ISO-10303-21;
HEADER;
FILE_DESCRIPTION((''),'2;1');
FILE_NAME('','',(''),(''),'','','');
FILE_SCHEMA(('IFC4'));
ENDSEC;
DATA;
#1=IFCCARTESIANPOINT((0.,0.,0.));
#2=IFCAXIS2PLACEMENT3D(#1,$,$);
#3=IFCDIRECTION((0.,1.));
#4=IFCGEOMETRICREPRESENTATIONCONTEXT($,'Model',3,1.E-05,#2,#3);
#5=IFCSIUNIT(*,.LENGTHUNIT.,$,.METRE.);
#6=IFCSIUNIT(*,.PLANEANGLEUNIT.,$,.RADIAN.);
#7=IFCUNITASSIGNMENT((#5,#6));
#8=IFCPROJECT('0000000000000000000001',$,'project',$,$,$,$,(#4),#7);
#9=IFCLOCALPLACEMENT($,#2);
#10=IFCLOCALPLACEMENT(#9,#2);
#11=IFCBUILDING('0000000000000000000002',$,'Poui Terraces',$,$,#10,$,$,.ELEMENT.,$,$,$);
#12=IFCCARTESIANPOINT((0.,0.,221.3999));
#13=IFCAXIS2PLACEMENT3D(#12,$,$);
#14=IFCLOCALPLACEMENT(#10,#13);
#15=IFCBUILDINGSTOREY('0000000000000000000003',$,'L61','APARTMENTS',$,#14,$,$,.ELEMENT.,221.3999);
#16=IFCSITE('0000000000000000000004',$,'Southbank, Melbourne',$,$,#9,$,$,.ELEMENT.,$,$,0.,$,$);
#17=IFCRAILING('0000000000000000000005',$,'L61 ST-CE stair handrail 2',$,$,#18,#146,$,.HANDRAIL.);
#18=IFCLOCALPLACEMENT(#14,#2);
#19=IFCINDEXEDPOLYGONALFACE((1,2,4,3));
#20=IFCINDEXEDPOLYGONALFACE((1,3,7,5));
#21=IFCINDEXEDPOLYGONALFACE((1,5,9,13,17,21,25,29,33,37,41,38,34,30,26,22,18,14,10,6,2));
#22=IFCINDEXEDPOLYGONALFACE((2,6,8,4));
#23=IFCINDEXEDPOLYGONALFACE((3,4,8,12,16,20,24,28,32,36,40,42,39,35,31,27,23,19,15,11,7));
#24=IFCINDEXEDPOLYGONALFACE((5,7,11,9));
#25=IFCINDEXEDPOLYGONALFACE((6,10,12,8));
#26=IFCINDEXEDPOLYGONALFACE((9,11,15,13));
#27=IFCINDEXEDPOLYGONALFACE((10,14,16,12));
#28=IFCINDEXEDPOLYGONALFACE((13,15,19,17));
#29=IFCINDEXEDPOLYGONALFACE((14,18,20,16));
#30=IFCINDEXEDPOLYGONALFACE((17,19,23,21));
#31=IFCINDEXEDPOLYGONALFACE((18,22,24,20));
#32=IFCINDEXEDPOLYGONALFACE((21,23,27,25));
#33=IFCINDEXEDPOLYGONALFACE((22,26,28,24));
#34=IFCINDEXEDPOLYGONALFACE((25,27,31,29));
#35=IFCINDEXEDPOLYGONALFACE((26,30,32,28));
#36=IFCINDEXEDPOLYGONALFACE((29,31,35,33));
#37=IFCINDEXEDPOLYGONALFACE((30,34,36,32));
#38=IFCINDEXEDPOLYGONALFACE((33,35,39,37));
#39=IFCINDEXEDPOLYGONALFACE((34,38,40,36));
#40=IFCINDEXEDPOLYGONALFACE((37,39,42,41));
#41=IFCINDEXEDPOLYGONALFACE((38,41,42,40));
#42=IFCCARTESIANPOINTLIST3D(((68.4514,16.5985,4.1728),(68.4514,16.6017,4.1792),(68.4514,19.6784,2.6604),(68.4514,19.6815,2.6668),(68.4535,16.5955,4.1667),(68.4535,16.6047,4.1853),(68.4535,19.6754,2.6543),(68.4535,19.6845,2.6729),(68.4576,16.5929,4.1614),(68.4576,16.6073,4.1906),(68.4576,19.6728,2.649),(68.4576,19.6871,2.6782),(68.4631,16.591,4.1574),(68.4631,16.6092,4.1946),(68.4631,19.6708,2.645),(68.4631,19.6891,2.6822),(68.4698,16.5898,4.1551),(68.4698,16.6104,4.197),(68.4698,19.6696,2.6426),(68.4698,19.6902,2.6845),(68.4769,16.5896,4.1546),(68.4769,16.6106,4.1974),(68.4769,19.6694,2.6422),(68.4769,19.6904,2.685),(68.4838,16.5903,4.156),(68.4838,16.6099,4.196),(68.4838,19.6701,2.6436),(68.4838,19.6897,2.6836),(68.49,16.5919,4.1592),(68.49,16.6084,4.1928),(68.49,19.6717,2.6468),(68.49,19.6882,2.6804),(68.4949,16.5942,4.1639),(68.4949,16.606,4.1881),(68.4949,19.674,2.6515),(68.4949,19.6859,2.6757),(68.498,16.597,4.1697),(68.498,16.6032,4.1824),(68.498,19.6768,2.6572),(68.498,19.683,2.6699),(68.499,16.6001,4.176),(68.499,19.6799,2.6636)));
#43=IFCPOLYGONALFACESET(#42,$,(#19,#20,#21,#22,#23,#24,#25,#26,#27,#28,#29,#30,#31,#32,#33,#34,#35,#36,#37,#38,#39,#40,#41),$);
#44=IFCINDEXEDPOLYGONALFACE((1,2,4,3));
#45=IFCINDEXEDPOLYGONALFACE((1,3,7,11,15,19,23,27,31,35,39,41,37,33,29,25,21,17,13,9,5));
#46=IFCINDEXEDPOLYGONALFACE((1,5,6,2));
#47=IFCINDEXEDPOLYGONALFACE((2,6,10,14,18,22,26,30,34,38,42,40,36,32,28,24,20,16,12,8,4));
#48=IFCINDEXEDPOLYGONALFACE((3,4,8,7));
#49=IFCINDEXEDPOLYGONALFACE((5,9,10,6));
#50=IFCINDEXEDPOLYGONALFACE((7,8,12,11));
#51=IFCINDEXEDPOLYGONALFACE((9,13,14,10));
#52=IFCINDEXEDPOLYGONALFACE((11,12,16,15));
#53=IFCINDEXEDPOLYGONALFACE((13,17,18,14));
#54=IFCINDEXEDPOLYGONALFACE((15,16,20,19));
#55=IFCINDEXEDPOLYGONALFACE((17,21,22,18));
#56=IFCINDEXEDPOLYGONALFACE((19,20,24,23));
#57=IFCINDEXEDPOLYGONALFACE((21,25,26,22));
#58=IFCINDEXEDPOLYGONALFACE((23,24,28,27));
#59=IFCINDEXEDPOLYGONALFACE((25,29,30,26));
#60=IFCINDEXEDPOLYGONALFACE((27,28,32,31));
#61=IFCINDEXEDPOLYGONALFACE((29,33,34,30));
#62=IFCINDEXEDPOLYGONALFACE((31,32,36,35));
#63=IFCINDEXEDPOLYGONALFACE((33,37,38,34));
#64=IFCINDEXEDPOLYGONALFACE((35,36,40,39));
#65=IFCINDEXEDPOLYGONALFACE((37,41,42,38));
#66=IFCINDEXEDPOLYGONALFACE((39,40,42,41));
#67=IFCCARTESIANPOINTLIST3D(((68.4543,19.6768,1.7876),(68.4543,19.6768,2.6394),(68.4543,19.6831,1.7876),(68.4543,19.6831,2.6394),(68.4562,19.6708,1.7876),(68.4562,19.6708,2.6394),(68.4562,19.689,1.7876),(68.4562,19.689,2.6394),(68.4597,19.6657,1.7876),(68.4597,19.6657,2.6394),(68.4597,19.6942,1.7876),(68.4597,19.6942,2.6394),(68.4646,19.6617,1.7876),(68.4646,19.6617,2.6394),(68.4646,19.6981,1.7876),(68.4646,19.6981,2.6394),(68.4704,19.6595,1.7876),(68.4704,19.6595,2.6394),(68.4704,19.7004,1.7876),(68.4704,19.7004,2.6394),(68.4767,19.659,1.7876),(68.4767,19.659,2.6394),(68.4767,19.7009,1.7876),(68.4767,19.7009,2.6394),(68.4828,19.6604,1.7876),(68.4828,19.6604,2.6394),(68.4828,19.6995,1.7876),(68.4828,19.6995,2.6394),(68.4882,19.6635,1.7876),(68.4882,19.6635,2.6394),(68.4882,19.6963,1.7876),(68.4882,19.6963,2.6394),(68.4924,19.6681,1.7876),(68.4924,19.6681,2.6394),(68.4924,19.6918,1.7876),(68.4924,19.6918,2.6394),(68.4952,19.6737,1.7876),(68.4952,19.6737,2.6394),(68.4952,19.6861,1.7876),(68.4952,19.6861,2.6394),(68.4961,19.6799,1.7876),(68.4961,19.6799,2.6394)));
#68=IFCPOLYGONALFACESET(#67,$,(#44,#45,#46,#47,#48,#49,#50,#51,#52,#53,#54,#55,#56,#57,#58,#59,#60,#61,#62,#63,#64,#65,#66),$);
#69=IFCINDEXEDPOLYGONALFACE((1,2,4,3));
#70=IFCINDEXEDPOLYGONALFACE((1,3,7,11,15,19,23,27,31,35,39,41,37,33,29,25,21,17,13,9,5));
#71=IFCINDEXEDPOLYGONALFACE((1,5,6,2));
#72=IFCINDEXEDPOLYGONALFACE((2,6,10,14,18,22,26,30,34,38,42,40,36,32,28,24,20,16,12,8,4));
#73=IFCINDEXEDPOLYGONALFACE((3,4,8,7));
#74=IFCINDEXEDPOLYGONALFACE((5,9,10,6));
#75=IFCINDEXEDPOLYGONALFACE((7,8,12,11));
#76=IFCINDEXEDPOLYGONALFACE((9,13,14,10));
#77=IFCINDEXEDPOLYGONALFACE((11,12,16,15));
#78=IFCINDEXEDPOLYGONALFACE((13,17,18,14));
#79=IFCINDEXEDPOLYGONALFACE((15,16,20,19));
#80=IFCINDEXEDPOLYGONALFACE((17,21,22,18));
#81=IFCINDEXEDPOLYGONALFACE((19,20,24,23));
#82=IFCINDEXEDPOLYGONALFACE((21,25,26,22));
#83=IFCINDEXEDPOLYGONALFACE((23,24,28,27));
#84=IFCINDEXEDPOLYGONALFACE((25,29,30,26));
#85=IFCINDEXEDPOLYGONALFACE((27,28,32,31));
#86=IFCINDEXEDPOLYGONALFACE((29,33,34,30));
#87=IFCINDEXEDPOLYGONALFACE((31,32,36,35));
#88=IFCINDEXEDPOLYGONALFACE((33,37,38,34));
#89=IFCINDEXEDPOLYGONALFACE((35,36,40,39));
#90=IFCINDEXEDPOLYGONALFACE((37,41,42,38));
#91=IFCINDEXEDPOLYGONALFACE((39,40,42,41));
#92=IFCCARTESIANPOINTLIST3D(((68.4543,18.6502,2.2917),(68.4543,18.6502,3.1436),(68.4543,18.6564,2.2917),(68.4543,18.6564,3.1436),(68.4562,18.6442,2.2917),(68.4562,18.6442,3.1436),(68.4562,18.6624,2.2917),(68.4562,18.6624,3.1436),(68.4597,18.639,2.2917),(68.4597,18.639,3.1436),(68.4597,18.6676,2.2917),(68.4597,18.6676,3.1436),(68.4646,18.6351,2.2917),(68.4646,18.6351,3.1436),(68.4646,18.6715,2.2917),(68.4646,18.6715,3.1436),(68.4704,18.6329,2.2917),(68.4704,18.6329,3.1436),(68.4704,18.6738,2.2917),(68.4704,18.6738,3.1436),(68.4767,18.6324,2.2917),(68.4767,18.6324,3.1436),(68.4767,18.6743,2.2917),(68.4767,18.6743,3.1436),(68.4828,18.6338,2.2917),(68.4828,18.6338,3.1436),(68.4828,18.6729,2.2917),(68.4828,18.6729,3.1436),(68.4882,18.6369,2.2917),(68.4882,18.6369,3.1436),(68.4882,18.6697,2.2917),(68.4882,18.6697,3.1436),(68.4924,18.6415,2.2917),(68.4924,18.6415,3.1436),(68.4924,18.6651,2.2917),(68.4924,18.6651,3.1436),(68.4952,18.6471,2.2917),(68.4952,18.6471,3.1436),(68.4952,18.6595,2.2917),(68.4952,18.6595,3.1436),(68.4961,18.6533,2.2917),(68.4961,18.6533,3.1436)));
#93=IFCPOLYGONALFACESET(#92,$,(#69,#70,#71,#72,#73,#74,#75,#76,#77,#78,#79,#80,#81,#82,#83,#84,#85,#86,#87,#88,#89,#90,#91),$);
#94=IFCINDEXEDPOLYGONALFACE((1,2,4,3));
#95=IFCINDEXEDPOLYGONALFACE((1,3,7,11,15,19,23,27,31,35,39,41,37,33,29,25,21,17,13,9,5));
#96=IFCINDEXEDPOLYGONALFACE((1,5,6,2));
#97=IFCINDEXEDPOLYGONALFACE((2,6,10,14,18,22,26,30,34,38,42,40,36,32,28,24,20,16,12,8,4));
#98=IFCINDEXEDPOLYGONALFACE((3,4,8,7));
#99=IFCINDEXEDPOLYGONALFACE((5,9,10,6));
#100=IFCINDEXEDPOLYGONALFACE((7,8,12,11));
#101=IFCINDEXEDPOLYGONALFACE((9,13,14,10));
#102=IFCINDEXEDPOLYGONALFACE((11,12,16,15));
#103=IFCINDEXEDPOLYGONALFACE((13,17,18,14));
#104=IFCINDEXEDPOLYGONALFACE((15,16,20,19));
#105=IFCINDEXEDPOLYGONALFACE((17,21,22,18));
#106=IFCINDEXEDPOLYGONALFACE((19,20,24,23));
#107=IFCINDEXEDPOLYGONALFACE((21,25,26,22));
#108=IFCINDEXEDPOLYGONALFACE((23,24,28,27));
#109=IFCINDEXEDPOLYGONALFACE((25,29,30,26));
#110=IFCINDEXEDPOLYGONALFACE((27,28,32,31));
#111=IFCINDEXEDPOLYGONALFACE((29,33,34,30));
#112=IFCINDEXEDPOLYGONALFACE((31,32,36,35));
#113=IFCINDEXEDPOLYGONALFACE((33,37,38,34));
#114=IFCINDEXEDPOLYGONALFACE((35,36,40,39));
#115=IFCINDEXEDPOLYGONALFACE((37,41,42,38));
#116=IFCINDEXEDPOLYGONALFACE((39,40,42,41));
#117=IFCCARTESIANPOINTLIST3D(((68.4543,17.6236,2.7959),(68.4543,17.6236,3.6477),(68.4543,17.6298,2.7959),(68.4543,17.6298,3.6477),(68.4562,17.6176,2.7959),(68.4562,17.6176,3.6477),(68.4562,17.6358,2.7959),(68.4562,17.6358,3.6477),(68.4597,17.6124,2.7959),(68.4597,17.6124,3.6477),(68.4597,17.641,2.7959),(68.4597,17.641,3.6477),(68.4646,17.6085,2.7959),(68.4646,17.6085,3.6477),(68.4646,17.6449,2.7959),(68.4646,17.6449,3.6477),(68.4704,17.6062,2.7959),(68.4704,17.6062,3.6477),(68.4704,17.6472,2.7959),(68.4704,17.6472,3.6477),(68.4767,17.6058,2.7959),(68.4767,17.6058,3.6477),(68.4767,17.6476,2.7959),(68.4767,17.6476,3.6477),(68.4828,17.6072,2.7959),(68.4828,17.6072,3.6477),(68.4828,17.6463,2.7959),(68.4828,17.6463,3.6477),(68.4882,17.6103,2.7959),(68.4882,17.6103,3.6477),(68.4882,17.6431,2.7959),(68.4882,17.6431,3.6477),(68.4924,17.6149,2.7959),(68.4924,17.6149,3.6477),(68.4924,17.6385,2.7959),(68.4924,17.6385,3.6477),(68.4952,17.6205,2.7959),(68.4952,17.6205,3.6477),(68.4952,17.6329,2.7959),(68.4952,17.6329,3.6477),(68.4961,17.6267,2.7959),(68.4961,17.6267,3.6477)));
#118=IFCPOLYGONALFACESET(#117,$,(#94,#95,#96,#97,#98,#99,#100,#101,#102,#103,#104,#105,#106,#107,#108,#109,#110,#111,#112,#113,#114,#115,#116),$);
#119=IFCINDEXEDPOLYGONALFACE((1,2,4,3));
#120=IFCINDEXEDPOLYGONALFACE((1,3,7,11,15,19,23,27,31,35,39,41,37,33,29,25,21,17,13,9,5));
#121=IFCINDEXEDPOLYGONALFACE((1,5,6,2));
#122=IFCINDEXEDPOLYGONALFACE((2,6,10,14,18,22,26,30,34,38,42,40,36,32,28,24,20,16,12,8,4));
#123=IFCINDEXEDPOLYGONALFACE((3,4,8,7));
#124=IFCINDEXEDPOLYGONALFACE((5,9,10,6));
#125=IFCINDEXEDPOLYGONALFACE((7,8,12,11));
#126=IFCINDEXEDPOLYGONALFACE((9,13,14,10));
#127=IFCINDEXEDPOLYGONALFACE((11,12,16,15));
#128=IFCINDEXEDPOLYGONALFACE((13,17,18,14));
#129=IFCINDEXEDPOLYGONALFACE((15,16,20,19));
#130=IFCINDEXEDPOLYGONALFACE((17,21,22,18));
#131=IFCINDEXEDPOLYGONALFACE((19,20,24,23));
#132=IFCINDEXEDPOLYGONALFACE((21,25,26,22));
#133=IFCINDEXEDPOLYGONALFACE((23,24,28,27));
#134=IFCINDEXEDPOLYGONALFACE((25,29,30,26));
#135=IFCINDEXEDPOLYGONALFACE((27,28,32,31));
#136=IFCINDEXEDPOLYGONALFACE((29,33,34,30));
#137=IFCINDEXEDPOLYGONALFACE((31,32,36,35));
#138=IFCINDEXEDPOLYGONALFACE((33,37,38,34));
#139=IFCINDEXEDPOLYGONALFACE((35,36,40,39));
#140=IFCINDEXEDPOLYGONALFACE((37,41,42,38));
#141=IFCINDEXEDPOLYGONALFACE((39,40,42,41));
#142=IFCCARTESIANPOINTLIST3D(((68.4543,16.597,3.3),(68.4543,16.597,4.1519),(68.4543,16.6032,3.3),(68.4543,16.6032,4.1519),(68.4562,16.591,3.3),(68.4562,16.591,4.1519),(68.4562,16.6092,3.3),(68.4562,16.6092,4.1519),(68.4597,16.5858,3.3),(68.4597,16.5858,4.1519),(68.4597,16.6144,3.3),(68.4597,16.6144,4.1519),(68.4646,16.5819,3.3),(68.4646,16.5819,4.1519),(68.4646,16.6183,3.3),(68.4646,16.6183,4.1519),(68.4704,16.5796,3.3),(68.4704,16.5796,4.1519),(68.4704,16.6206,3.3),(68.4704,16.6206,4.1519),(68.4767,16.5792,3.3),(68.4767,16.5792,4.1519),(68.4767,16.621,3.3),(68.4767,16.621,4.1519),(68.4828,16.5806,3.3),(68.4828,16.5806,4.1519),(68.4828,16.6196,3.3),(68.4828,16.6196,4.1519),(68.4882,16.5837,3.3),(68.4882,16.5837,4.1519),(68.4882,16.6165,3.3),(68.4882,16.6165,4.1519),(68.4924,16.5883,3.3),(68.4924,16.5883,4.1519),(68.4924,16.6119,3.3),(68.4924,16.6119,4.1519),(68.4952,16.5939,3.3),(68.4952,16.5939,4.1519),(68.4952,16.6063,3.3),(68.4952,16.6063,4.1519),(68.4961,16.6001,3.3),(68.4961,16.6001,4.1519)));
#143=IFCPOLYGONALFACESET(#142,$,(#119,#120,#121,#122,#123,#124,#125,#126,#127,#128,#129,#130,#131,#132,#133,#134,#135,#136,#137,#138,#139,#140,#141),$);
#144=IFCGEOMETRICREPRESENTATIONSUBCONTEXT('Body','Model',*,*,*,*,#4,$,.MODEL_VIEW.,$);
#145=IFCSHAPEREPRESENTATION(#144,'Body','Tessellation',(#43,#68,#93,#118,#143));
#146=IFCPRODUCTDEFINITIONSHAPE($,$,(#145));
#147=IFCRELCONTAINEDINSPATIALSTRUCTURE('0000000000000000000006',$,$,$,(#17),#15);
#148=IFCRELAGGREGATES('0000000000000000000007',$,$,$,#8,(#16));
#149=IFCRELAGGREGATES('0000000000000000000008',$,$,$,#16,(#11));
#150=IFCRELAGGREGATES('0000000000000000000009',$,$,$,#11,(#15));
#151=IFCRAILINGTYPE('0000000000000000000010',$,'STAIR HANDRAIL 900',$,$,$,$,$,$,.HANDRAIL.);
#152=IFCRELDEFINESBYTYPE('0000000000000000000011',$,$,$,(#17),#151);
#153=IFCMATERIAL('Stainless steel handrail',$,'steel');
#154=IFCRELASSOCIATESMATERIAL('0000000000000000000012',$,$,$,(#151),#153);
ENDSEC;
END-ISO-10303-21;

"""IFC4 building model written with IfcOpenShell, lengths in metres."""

from ifc_helpers import new_model, si_unit, direction, frame, origin, origin_2d, place, context, subcontext, project, spatial, circle, extrude, material, type_object, element, save


model = new_model("IFC4")

# Units and contexts
model_context = context("Model", 3, precision=1e-05, world=origin(), true_north=direction((0.0, 1.0)))
body_context = subcontext(model_context, "Body", "Model", "MODEL_VIEW")
ifc_project = project(units=[si_unit("LENGTHUNIT", "METRE"), si_unit("PLANEANGLEUNIT", "RADIAN")], contexts=[model_context])

# Site, building, storey
site_placement = place(None, origin())
site = spatial("IfcSite", under=ifc_project, at=site_placement, Name="Southbank, Melbourne", CompositionType="ELEMENT", RefElevation=0.0)
building_placement = place(site_placement, origin())
building = spatial("IfcBuilding", under=site, at=building_placement, Name="Poui Terraces", CompositionType="ELEMENT")
storey_placement = place(building_placement, frame((0.0, 0.0, 221.3999)))
storey = spatial("IfcBuildingStorey", under=building, at=storey_placement, Name="L61", Description="APARTMENTS", CompositionType="ELEMENT", Elevation=221.3999)

# Railing
ifc_material_1 = material(Name="Stainless steel handrail", Category="steel")
railing_type_1 = type_object("IfcRailingType", Name="STAIR HANDRAIL 900", PredefinedType="HANDRAIL", material=ifc_material_1)
for number, where, name in (
    (1, (68.4751, 19.6799, 1.7876), "L61 ST-CE stair handrail 2"),
):
    element("IfcRailing", number, at=place(storey_placement, frame(where)), inside=storey, type_object=railing_type_1, Name=name, PredefinedType="HANDRAIL", context=body_context, shape_type="SweptSolid", body=[
        extrude(circle(Radius=0.0239, at=origin_2d()), frame((0.0, 0.0, 0.876), z_axis=(0.0, -0.897606, 0.440798), x_axis=(1.0, 0.0, 0.0)), (0.0, 0.0, 1.0), 3.4312),
        extrude(circle(Radius=0.021, at=origin_2d()), origin(), (0.0, 0.0, 1.0), 0.8518),
        extrude(circle(Radius=0.021, at=origin_2d()), frame((0.0, -1.0266, 0.5042)), (0.0, 0.0, 1.0), 0.8518),
        extrude(circle(Radius=0.021, at=origin_2d()), frame((0.0, -2.0532, 1.0083)), (0.0, 0.0, 1.0), 0.8518),
        extrude(circle(Radius=0.021, at=origin_2d()), frame((0.0, -3.0798, 1.5125)), (0.0, 0.0, 1.0), 0.8518),
    ])

save(model, "model.ifc")
